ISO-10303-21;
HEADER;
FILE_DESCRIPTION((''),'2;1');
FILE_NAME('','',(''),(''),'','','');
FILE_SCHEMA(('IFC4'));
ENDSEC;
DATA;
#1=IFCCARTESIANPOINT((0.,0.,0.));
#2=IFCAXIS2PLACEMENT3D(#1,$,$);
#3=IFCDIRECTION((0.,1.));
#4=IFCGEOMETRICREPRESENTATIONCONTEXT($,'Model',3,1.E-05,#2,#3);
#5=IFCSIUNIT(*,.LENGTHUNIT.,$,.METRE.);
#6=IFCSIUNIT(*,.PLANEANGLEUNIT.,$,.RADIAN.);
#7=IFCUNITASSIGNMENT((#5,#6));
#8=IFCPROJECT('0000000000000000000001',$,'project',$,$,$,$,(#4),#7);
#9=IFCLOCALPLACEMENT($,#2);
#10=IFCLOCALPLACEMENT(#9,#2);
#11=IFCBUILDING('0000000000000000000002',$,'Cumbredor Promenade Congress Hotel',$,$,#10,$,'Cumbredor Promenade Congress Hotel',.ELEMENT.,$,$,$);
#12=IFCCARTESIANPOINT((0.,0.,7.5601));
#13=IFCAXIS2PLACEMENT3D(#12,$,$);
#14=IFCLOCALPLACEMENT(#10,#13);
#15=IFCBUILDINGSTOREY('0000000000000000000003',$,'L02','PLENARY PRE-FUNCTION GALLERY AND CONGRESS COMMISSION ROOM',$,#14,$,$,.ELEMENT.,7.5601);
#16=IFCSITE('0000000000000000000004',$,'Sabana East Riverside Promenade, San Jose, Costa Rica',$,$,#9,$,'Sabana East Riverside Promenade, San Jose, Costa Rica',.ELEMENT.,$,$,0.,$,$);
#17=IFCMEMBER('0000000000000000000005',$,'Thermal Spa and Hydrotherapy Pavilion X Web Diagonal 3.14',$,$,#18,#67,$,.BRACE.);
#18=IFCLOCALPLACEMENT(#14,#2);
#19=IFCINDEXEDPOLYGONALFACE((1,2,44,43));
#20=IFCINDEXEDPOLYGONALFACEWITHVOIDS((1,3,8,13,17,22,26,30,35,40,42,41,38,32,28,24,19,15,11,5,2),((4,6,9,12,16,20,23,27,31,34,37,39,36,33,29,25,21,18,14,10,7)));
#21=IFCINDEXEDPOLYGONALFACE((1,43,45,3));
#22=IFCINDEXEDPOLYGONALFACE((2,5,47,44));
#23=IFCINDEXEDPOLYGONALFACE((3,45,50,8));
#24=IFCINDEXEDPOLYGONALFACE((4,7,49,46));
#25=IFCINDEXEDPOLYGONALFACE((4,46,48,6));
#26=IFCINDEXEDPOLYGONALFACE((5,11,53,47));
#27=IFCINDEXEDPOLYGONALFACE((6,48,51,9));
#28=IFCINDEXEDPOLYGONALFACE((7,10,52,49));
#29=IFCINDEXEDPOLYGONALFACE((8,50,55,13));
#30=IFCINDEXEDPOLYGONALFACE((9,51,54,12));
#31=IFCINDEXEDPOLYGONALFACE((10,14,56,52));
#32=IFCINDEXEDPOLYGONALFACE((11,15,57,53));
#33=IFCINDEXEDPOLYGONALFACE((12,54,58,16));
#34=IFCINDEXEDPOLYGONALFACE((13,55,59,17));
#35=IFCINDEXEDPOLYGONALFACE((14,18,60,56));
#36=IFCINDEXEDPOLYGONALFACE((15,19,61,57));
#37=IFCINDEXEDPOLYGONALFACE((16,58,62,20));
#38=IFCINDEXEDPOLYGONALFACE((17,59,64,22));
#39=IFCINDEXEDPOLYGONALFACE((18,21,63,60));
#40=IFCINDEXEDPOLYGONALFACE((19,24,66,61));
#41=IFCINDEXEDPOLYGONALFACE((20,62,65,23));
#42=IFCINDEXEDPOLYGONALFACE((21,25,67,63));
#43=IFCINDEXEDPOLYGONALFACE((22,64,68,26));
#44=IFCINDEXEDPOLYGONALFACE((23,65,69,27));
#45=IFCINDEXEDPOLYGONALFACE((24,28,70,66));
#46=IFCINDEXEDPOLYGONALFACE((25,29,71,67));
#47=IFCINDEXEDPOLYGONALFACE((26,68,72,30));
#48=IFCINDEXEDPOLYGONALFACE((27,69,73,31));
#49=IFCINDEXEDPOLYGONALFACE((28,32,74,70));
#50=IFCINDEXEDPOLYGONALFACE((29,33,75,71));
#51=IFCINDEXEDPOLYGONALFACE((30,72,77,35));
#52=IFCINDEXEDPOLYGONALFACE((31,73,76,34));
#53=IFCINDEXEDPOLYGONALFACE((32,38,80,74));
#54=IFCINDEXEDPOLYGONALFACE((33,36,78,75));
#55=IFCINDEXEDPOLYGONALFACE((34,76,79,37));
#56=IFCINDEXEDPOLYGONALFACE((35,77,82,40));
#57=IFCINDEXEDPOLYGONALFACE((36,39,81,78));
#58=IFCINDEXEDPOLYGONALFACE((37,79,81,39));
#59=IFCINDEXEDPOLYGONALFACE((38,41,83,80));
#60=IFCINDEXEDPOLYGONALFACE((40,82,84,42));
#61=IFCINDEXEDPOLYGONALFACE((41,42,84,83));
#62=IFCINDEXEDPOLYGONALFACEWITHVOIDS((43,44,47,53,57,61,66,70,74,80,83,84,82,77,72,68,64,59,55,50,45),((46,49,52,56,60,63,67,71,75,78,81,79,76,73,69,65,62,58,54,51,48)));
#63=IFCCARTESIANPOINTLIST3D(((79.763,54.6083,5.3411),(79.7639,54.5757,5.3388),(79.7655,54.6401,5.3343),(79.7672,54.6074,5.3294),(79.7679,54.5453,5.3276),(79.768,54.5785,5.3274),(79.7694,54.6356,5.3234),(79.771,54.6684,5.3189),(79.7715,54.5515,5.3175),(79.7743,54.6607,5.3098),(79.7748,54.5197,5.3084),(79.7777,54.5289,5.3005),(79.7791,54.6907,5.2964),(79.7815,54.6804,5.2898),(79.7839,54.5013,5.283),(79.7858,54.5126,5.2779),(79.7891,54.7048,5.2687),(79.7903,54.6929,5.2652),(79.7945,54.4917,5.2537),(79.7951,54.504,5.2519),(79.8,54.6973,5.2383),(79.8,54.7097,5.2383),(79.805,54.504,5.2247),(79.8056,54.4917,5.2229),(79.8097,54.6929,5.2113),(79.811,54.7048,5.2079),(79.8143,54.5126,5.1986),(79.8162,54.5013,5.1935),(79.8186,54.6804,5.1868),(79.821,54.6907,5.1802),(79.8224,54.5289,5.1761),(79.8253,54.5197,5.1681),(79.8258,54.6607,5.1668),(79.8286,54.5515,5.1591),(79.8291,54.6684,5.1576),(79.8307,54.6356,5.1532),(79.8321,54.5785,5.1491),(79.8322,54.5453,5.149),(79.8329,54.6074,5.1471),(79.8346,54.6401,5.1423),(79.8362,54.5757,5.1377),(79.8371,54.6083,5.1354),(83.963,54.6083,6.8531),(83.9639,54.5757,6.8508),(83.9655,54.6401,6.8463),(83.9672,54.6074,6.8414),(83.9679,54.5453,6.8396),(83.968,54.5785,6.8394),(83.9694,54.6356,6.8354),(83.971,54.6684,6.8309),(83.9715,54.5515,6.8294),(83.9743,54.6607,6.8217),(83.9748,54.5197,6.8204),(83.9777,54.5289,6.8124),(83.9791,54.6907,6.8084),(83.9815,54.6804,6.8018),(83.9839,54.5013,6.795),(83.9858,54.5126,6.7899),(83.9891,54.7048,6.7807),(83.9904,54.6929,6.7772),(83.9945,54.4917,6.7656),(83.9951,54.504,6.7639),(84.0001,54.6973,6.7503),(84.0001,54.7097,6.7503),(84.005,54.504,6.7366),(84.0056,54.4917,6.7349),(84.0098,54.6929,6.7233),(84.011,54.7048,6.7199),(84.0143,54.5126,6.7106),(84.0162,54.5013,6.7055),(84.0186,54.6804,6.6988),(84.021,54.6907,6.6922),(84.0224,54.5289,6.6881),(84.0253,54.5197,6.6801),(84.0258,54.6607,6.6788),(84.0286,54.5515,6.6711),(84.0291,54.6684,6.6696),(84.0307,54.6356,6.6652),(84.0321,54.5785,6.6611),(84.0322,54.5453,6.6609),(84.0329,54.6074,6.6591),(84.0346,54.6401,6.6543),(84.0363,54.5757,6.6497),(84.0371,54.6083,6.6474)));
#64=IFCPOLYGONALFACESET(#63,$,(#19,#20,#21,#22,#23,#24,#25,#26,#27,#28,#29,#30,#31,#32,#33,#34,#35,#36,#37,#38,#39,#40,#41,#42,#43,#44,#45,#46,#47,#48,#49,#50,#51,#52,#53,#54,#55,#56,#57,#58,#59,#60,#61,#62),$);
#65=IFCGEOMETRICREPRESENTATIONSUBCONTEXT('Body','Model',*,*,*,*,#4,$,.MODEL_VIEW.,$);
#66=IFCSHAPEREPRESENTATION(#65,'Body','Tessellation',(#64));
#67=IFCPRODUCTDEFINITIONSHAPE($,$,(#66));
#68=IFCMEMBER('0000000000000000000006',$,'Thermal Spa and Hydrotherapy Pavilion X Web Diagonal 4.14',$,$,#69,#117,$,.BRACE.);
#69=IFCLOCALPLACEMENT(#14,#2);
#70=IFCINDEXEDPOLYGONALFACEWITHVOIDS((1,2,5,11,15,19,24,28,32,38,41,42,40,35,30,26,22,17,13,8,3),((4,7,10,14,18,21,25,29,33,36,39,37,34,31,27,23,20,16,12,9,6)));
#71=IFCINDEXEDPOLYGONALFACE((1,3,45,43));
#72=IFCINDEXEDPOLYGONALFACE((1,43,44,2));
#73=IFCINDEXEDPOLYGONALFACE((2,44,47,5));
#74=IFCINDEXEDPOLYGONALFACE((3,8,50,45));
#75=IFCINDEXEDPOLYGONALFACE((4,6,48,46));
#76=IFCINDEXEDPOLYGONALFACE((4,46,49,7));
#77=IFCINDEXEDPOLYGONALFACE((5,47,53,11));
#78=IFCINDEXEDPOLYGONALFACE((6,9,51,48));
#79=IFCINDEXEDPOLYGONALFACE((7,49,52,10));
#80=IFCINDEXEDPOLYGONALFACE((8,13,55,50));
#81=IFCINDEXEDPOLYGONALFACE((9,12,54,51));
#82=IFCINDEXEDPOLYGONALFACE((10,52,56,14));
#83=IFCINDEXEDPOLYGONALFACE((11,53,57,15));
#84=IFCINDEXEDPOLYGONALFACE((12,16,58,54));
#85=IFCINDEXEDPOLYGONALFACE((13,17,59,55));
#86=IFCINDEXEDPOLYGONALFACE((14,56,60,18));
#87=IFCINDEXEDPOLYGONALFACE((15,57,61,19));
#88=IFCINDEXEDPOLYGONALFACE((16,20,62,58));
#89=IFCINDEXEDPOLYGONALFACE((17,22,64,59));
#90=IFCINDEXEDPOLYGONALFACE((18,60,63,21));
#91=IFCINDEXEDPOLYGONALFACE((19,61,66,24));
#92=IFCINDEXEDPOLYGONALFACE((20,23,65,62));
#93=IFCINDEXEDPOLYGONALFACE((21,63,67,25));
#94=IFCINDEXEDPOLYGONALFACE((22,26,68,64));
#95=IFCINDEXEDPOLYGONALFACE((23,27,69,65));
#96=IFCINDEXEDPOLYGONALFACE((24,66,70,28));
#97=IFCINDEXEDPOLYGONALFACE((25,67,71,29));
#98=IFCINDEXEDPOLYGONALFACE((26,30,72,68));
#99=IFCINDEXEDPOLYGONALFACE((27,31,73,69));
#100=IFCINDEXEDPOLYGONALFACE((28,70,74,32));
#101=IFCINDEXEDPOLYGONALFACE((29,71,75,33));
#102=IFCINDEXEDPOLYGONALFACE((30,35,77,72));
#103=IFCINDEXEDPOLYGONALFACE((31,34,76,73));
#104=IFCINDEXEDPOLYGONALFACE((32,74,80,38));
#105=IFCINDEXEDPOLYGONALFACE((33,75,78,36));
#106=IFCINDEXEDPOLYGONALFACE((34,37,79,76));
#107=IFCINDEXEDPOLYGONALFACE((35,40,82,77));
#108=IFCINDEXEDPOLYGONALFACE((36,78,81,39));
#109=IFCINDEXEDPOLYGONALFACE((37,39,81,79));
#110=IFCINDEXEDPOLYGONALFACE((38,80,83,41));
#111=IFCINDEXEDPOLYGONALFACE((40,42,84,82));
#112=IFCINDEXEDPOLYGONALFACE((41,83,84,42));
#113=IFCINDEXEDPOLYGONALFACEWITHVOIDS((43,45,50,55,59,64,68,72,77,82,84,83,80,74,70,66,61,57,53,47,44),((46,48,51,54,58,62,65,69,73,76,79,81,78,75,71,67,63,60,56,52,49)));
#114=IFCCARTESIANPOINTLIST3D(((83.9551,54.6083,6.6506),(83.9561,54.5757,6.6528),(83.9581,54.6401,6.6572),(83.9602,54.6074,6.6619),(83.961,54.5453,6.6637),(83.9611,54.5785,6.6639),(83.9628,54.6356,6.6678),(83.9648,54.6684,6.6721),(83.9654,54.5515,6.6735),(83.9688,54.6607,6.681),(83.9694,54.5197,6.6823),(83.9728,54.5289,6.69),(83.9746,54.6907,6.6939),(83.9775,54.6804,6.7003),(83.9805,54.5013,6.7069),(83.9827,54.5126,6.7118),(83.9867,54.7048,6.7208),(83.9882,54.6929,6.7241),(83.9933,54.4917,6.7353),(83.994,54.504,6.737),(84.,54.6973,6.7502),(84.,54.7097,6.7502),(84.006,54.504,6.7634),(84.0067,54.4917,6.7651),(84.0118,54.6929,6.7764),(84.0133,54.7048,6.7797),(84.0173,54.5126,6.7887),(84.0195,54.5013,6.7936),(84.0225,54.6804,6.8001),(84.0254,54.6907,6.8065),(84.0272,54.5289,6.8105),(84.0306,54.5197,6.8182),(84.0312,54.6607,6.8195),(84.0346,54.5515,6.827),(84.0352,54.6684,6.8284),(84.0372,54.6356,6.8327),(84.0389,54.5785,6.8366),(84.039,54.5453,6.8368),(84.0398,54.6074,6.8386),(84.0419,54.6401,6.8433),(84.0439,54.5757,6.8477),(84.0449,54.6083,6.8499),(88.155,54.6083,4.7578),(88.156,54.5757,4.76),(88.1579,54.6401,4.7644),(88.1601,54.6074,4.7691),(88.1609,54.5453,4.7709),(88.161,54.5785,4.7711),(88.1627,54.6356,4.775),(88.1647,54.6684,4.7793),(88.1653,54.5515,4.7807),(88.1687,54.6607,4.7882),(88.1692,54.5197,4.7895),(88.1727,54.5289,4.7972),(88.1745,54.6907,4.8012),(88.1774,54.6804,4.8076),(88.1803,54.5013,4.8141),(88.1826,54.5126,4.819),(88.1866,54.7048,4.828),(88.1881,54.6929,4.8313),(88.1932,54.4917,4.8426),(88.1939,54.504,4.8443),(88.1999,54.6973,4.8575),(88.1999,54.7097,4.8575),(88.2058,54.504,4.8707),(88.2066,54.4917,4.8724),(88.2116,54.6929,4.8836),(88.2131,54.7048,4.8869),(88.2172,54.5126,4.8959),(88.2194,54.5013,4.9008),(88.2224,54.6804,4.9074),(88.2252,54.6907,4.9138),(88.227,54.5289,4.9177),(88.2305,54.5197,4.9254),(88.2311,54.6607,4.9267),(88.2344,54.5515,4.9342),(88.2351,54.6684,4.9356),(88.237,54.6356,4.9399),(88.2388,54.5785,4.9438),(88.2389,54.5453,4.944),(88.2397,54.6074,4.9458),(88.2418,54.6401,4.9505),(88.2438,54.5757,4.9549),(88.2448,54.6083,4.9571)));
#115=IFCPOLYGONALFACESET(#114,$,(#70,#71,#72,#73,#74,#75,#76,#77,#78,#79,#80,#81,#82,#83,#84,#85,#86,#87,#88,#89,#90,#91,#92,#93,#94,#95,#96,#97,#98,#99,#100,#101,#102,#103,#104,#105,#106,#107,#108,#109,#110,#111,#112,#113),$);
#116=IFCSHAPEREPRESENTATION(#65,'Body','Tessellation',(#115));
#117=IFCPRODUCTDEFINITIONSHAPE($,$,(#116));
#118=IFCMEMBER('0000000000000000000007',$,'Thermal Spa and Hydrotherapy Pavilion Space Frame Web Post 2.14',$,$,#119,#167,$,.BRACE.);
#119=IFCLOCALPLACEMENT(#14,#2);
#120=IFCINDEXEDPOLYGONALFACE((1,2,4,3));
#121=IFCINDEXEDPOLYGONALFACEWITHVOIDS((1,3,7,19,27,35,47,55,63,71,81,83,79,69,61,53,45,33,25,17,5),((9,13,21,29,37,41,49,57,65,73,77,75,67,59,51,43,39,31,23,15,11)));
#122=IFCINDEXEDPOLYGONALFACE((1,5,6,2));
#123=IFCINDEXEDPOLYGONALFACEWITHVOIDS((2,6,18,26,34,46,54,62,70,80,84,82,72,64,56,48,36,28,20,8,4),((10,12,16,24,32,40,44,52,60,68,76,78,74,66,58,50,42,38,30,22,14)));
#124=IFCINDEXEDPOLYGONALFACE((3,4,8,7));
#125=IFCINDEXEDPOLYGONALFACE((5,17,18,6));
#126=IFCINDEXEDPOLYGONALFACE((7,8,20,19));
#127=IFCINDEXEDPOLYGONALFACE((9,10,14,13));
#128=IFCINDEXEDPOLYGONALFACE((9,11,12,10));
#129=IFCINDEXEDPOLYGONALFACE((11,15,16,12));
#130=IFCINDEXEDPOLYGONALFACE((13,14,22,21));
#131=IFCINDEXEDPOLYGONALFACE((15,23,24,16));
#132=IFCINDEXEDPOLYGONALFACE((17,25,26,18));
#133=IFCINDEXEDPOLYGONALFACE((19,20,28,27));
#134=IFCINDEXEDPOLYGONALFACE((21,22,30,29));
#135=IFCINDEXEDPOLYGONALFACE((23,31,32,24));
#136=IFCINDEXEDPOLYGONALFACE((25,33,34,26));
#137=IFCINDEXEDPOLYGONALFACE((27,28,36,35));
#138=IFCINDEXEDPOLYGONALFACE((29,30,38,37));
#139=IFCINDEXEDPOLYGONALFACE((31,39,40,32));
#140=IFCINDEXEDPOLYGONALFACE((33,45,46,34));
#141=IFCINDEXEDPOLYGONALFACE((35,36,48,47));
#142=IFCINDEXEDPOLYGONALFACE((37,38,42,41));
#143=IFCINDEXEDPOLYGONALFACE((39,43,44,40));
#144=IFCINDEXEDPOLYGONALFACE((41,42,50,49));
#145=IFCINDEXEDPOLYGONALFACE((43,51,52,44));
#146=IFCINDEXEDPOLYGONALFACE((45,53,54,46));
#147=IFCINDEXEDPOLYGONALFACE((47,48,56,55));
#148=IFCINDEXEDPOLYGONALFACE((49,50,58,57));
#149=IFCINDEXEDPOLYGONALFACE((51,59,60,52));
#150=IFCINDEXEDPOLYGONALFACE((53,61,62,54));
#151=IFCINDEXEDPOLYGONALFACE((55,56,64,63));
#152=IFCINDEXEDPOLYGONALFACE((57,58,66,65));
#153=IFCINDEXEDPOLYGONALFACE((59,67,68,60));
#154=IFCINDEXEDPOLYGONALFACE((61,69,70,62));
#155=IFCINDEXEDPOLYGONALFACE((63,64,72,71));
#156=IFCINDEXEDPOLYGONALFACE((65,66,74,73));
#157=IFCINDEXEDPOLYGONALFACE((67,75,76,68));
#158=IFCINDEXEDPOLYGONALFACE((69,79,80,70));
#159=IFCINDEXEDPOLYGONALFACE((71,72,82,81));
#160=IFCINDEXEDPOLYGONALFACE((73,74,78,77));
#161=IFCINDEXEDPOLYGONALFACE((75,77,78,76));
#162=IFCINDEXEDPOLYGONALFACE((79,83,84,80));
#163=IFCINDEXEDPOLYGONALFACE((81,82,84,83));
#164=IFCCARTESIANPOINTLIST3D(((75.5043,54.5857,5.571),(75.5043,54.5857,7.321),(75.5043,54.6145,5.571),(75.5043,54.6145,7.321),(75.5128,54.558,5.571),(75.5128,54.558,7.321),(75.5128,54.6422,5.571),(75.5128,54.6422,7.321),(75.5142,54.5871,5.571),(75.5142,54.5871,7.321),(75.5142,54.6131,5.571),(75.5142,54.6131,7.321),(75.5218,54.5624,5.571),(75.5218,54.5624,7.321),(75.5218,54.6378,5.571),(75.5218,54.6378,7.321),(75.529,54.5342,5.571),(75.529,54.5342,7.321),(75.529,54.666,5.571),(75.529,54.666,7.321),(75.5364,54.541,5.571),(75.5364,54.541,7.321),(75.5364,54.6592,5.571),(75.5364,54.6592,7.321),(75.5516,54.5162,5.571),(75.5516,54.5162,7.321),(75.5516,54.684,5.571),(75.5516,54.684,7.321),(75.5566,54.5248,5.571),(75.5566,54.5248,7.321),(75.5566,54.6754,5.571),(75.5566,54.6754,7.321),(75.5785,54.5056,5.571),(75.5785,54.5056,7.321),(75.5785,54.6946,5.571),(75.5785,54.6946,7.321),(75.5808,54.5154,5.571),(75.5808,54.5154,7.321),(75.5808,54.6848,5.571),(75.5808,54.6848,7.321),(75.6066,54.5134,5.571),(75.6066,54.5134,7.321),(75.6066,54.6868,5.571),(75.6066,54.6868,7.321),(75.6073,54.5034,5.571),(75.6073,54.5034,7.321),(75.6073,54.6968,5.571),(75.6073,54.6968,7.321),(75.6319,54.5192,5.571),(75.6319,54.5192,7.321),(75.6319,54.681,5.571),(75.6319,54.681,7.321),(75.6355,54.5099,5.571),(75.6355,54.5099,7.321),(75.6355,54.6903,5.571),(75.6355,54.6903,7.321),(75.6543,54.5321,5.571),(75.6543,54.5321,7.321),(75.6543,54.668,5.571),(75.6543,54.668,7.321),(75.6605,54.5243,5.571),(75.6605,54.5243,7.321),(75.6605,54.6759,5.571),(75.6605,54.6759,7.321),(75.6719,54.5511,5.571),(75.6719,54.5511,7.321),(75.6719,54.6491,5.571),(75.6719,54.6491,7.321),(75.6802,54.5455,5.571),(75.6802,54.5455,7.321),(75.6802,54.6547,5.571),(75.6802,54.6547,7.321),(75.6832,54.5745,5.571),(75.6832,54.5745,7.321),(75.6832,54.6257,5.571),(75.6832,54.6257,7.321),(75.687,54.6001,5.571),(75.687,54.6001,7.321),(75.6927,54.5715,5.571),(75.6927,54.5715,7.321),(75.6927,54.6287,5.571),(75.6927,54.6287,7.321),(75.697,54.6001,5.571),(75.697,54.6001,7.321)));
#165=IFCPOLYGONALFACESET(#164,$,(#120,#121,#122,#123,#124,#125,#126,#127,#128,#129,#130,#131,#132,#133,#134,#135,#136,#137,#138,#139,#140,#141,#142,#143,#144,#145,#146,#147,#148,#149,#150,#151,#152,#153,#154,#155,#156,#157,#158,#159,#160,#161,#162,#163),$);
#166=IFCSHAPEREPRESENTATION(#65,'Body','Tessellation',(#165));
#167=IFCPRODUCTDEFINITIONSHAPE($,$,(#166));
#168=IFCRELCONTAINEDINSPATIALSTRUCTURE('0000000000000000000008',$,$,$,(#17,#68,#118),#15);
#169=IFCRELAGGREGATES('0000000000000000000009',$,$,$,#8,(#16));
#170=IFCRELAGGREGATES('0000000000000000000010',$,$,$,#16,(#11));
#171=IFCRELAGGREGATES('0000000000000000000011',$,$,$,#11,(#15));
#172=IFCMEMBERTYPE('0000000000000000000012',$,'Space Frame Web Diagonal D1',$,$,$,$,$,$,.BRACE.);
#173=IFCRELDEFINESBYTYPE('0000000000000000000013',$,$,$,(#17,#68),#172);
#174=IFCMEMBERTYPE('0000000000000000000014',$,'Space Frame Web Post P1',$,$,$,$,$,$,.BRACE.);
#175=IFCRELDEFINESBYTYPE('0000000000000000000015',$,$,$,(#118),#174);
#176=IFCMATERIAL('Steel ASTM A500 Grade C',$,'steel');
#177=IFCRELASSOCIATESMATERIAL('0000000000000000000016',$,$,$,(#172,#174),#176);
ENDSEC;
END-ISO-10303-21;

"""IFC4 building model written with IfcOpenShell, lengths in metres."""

from ifc_helpers import new_model, si_unit, direction, frame, origin, origin_2d, place, context, subcontext, project, spatial, hollow_circle, extrude, material, material_profile, profile_set, type_object, element, save


model = new_model("IFC4")

# Units and contexts
model_context = context("Model", 3, precision=1e-05, world=origin(), true_north=direction((0.0, 1.0)))
body_context = subcontext(model_context, "Body", "Model", "MODEL_VIEW")
ifc_project = project(units=[si_unit("LENGTHUNIT", "METRE"), si_unit("PLANEANGLEUNIT", "RADIAN")], contexts=[model_context])

# Site, building, storey
site_placement = place(None, origin())
site = spatial("IfcSite", under=ifc_project, at=site_placement, Name="Sabana East Riverside Promenade, San Jose, Costa Rica", LongName="Sabana East Riverside Promenade, San Jose, Costa Rica", CompositionType="ELEMENT", RefElevation=0.0)
building_placement = place(site_placement, origin())
building = spatial("IfcBuilding", under=site, at=building_placement, Name="Cumbredor Promenade Congress Hotel", LongName="Cumbredor Promenade Congress Hotel", CompositionType="ELEMENT")
storey_placement = place(building_placement, frame((0.0, 0.0, 7.5601)))
storey = spatial("IfcBuildingStorey", under=building, at=storey_placement, Name="L02", Description="PLENARY PRE-FUNCTION GALLERY AND CONGRESS COMMISSION ROOM", CompositionType="ELEMENT", Elevation=7.5601)

# Members
ifc_material_1 = material(Name="Steel ASTM A500 Grade C", Category="steel")
ifc_material_profile_1 = material_profile(ifc_material_1, hollow_circle(Radius=0.1096, WallThickness=0.0125, at=origin_2d()), Name="CHS 219.1x12.5")
ifc_profile_set_1 = profile_set([ifc_material_profile_1], Name="Steel ASTM A500 Grade C")
member_type_1 = type_object("IfcMemberType", Name="Space Frame Web Diagonal D1", PredefinedType="BRACE", material=ifc_profile_set_1)
member_1_placement = place(storey_placement, frame((79.8, 54.6001, 5.2383), z_axis=(0.940889, 0.0, 0.338716), x_axis=(0.0, 1.0, 0.0)))
element("IfcMember", 1, at=member_1_placement, inside=storey, type_object=member_type_1, Name="Thermal Spa and Hydrotherapy Pavilion X Web Diagonal 3.14", PredefinedType="BRACE", context=body_context, shape_type="SweptSolid", body=[
    extrude(hollow_circle(Radius=0.1096, WallThickness=0.0125, at=origin_2d()), origin(), (0.0, 0.0, 1.0), 4.4639),
])
member_2_placement = place(storey_placement, frame((84.0, 54.6001, 6.7502), z_axis=(0.91169, 0.0, -0.410878), x_axis=(0.0, 1.0, 0.0)))
element("IfcMember", 2, at=member_2_placement, inside=storey, type_object=member_type_1, Name="Thermal Spa and Hydrotherapy Pavilion X Web Diagonal 4.14", PredefinedType="BRACE", context=body_context, shape_type="SweptSolid", body=[
    extrude(hollow_circle(Radius=0.1096, WallThickness=0.0125, at=origin_2d()), origin(), (0.0, 0.0, 1.0), 4.6067),
])
ifc_material_profile_2 = material_profile(ifc_material_1, hollow_circle(Radius=0.0969, WallThickness=0.01, at=origin_2d()), Name="CHS 193.7x10")
ifc_profile_set_2 = profile_set([ifc_material_profile_2], Name="Steel ASTM A500 Grade C")
member_type_2 = type_object("IfcMemberType", Name="Space Frame Web Post P1", PredefinedType="BRACE", material=ifc_profile_set_2)
for number, where, z_axis, x_axis, name in (
    (3, (75.6001, 54.6001, 5.571), (0.0, 0.0, 1.0), (1.0, 0.0, 0.0), "Thermal Spa and Hydrotherapy Pavilion Space Frame Web Post 2.14"),
):
    element("IfcMember", number, at=place(storey_placement, frame(where, z_axis=z_axis, x_axis=x_axis)), inside=storey, type_object=member_type_2, Name=name, PredefinedType="BRACE", context=body_context, shape_type="SweptSolid", body=[
        extrude(hollow_circle(Radius=0.0969, WallThickness=0.01, at=origin_2d()), origin(), (0.0, 0.0, 1.0), 1.75),
    ])

save(model, "model.ifc")
